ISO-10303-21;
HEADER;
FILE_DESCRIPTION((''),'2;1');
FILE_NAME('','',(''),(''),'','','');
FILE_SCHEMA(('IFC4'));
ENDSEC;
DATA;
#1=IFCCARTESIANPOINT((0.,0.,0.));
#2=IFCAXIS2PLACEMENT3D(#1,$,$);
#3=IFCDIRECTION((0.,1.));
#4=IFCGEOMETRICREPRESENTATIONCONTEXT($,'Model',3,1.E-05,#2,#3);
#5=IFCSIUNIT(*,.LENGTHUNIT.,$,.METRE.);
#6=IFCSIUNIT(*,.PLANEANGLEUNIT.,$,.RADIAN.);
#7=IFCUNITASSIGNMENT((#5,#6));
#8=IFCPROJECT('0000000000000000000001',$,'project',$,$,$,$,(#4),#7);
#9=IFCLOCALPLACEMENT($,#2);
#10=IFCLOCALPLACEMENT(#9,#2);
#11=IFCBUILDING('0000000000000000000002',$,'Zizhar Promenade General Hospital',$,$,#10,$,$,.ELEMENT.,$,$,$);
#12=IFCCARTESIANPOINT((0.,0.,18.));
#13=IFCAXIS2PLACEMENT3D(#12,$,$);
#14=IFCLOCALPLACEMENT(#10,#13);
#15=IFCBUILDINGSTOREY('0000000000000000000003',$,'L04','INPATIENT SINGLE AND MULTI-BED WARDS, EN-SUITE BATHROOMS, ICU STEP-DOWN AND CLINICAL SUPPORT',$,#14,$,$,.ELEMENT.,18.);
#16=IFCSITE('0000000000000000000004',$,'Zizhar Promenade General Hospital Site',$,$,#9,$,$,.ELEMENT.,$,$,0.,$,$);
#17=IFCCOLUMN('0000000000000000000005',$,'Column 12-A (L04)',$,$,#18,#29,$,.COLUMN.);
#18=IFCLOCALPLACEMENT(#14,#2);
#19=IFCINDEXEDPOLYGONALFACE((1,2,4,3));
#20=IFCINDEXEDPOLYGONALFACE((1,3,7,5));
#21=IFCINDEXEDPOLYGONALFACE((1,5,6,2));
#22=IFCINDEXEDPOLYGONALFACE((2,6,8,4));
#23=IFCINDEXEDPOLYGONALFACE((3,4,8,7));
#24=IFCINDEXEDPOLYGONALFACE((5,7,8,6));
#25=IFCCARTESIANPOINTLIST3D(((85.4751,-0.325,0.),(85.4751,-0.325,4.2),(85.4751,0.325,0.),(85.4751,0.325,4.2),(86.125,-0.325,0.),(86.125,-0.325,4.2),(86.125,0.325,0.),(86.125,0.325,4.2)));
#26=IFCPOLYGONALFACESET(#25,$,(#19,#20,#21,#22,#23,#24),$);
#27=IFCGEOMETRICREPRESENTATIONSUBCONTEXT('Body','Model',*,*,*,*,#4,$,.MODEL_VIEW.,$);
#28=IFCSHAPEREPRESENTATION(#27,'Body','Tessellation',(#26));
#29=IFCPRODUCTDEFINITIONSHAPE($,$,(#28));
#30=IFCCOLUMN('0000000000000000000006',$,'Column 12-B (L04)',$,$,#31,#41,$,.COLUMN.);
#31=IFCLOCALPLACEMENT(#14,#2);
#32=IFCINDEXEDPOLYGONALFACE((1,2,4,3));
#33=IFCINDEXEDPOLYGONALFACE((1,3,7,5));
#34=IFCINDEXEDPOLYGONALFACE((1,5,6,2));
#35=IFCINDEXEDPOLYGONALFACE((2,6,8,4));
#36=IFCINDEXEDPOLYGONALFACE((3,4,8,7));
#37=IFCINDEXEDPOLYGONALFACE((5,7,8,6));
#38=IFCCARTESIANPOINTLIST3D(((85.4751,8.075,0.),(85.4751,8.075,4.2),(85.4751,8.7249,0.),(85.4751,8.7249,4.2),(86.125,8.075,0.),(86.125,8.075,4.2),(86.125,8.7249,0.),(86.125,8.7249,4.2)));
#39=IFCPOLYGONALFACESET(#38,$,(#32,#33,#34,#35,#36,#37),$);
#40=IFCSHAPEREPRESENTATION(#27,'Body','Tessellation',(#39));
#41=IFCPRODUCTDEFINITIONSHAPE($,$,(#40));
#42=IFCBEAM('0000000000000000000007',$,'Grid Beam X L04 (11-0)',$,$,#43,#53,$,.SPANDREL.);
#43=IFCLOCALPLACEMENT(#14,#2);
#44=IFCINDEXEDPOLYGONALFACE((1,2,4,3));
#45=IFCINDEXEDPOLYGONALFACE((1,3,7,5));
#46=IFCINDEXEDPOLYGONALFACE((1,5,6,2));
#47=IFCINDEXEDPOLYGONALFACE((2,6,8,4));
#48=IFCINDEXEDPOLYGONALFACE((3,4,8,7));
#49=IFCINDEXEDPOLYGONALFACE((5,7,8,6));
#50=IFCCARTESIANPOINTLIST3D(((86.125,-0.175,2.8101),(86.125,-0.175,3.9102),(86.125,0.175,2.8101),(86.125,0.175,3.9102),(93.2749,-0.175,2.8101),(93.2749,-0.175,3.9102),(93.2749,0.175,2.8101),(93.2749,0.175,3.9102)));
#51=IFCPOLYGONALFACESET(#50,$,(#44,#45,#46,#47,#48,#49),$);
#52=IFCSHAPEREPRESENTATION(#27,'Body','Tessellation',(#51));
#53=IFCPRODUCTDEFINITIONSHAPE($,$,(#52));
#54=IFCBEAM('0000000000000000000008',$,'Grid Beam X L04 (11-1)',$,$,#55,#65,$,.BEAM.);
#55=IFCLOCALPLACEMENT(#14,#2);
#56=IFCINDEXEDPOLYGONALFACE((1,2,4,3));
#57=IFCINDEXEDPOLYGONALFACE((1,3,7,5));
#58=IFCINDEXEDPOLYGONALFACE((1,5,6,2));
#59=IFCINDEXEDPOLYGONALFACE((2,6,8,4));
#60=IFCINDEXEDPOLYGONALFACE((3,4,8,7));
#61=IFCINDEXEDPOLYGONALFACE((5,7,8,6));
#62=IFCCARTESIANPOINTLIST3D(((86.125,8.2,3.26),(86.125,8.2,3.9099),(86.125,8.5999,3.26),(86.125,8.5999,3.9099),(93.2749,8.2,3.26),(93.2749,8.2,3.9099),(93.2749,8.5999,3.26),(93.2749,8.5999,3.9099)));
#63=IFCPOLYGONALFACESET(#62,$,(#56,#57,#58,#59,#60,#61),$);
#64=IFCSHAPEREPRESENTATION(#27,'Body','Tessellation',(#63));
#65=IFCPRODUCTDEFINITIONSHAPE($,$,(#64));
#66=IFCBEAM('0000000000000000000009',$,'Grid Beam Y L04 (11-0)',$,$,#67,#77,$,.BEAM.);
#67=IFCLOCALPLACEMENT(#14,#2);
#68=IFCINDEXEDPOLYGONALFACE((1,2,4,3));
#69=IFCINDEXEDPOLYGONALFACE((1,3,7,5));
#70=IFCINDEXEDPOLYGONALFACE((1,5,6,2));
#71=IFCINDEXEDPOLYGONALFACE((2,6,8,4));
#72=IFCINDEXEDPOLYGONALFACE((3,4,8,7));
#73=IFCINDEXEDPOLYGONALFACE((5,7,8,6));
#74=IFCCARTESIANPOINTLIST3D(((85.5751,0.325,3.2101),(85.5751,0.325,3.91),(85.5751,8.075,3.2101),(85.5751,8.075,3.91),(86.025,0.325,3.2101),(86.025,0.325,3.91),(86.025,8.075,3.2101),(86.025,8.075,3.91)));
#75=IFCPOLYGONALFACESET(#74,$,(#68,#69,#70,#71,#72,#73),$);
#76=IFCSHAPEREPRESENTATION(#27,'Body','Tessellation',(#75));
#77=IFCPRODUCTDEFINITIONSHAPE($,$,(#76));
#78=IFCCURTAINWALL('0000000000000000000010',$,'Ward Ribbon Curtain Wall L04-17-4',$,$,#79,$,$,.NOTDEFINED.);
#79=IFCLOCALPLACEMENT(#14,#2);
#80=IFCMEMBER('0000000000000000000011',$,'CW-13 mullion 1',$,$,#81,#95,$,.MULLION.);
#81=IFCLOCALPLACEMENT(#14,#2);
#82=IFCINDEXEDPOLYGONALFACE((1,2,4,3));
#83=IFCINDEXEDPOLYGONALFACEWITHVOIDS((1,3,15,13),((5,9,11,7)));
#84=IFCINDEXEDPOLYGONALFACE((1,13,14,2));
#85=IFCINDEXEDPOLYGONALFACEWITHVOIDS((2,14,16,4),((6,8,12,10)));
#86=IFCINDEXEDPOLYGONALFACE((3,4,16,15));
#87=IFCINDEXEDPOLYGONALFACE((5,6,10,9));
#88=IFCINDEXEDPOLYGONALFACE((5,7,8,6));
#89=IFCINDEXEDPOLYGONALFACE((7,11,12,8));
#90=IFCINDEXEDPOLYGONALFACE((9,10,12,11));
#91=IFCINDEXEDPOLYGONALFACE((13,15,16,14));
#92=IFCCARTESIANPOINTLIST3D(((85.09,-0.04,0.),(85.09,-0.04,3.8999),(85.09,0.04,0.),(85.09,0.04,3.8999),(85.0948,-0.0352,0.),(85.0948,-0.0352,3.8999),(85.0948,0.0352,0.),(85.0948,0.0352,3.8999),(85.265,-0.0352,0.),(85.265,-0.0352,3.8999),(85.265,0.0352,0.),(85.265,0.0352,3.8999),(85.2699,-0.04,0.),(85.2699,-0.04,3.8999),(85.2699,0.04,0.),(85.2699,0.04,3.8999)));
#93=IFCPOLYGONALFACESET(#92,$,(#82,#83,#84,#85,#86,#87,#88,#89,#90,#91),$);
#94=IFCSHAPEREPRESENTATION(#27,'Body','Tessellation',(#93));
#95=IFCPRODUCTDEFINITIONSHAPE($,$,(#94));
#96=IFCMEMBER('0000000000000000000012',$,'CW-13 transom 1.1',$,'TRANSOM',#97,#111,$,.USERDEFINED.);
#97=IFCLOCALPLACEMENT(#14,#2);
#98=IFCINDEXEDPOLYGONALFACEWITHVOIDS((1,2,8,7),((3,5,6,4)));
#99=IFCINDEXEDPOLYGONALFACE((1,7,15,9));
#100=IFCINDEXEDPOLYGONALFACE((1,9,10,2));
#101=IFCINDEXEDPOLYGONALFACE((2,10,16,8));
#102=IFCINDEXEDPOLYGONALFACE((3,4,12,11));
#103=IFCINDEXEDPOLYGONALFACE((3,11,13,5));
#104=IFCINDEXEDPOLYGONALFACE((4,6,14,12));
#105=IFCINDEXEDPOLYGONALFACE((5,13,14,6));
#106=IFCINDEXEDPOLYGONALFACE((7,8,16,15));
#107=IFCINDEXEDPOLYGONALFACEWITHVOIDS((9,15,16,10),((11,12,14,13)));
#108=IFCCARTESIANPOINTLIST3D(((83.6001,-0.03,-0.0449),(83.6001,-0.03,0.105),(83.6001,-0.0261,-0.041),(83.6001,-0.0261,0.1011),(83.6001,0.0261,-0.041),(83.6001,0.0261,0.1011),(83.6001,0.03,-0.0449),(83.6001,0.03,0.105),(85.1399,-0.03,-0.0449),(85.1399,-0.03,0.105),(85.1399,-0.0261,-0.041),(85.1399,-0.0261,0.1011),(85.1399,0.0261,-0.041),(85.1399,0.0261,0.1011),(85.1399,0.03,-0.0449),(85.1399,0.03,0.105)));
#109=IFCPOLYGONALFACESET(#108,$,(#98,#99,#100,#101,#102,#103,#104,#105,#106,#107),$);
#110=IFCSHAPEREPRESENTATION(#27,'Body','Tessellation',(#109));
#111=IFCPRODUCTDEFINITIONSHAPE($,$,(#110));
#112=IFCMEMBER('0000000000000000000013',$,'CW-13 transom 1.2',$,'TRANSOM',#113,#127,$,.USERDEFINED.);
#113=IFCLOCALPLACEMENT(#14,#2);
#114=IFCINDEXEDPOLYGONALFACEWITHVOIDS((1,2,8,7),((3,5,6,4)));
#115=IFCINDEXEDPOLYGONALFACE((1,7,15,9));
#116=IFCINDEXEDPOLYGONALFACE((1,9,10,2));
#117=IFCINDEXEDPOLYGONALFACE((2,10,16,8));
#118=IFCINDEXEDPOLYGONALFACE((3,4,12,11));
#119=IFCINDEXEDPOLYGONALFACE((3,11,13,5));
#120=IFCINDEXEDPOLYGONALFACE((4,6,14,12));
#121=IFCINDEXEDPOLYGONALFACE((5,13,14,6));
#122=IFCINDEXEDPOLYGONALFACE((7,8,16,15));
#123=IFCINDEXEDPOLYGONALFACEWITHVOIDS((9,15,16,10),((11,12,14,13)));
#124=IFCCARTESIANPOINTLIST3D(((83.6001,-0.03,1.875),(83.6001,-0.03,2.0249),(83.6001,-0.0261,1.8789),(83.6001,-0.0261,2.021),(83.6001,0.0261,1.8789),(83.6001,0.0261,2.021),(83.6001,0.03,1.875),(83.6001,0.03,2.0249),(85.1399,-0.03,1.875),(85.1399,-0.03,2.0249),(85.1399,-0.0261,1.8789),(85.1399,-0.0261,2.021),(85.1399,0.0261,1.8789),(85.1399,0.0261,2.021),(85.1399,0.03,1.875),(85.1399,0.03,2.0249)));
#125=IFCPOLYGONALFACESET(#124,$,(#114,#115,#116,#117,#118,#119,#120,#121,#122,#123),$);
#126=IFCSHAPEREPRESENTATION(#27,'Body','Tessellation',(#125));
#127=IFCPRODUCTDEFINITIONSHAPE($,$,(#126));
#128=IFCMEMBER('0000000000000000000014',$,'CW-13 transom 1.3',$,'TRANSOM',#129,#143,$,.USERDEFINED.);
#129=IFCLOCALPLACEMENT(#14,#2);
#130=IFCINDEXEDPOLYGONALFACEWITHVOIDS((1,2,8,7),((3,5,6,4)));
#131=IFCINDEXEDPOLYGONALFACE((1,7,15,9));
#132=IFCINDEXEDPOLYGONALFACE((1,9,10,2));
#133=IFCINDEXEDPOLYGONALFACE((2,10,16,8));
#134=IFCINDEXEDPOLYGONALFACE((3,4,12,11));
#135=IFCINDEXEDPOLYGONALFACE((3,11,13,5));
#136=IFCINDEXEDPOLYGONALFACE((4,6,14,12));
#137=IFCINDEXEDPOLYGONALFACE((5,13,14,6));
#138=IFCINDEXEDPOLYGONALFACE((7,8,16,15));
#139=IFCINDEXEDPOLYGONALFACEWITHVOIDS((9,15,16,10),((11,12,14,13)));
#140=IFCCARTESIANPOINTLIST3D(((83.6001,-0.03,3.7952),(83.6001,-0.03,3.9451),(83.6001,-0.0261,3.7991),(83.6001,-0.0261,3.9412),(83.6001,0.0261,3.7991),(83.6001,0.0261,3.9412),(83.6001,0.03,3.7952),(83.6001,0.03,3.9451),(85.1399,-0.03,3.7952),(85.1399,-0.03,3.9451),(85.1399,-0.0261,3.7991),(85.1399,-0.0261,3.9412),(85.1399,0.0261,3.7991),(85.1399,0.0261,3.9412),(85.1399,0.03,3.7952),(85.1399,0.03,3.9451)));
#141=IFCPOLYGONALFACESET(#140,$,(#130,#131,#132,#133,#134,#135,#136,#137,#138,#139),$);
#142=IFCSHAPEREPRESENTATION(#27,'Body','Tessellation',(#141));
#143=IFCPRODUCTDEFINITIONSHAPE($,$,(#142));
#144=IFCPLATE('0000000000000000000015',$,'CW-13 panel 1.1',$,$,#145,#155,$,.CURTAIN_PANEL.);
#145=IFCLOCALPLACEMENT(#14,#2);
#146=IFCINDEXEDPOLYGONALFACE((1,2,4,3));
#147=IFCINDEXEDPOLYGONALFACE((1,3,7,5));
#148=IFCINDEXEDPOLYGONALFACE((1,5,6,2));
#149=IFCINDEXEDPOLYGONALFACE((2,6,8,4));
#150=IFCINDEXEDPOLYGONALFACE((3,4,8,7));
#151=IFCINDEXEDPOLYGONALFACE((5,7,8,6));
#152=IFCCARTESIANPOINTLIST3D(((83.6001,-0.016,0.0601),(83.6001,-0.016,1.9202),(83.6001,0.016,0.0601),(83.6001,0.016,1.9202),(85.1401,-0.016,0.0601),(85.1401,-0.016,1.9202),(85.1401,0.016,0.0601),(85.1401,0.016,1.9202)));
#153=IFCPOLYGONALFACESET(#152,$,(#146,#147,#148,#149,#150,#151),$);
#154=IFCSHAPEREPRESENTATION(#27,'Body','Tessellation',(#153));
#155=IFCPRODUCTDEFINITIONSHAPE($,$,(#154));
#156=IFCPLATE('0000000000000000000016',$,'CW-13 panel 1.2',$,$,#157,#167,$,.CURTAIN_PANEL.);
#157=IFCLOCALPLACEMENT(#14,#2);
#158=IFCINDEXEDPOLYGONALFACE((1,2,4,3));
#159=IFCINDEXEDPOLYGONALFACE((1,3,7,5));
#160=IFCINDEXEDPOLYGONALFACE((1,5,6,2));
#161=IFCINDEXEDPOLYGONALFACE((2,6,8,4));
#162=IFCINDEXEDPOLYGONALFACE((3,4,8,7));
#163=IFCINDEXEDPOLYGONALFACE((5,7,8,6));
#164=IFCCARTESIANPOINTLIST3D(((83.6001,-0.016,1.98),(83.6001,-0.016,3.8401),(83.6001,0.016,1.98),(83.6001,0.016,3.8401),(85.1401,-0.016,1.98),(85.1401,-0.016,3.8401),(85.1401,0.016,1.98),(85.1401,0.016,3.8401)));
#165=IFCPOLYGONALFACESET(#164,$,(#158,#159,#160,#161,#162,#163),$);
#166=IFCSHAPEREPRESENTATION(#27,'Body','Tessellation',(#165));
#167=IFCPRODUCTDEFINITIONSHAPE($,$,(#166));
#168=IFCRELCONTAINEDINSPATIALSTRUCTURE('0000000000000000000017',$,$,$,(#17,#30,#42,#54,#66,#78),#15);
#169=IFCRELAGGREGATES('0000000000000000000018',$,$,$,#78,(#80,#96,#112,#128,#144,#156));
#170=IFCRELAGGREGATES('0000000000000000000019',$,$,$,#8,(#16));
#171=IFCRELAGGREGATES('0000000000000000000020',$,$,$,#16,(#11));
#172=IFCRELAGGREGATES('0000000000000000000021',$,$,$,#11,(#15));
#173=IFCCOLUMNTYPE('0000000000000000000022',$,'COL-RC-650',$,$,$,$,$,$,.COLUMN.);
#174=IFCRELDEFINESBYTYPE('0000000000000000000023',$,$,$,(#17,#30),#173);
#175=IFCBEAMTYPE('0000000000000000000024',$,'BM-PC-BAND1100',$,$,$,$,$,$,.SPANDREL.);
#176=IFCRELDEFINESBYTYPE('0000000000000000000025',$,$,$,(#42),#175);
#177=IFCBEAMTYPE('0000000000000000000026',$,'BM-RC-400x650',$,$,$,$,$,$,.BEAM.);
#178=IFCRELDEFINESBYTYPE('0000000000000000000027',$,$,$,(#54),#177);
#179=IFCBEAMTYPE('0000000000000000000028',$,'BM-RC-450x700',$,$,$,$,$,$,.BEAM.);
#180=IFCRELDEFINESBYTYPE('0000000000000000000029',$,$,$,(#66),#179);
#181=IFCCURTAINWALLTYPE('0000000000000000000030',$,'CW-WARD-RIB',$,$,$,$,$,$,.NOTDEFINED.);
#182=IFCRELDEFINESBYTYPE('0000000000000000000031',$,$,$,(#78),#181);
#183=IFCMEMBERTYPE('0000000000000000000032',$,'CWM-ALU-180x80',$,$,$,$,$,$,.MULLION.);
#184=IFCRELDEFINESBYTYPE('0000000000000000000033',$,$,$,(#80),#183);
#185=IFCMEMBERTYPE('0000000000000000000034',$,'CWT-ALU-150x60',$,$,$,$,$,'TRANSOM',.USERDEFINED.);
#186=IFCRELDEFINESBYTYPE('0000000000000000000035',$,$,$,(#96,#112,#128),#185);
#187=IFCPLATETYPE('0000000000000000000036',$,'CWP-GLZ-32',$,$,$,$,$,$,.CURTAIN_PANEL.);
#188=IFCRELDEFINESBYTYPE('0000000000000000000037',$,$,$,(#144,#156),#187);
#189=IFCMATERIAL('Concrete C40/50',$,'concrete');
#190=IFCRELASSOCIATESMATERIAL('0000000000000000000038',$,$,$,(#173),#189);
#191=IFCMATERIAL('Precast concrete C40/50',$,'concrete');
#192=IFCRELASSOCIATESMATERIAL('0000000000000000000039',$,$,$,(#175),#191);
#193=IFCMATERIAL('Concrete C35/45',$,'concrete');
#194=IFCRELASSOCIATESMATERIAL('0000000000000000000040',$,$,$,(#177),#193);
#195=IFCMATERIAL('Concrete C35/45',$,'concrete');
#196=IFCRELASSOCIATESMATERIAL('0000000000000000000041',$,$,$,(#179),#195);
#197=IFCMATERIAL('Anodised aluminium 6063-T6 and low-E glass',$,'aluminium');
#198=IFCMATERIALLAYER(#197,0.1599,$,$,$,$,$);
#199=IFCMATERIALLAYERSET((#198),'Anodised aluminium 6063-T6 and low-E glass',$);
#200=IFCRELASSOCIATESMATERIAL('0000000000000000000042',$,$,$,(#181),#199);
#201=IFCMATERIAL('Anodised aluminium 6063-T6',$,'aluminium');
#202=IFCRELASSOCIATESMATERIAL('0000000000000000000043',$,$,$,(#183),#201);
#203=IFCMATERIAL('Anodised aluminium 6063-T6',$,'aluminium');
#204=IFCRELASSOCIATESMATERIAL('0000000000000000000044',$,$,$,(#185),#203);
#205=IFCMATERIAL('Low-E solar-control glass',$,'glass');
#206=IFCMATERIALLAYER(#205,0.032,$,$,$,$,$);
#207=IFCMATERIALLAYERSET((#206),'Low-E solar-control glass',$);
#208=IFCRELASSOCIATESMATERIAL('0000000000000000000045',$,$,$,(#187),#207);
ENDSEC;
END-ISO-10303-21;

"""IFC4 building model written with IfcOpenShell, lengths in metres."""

from ifc_helpers import new_model, si_unit, direction, frame, origin, origin_2d, place, context, subcontext, project, spatial, rectangle, hollow_rectangle, extrude, material, layer, layer_set, material_profile, profile_set, type_object, element, aggregate, save


model = new_model("IFC4")

# Units and contexts
model_context = context("Model", 3, precision=1e-05, world=origin(), true_north=direction((0.0, 1.0)))
body_context = subcontext(model_context, "Body", "Model", "MODEL_VIEW")
ifc_project = project(units=[si_unit("LENGTHUNIT", "METRE"), si_unit("PLANEANGLEUNIT", "RADIAN")], contexts=[model_context])

# Site, building, storey
site_placement = place(None, origin())
site = spatial("IfcSite", under=ifc_project, at=site_placement, Name="Zizhar Promenade General Hospital Site", CompositionType="ELEMENT", RefElevation=0.0)
building_placement = place(site_placement, origin())
building = spatial("IfcBuilding", under=site, at=building_placement, Name="Zizhar Promenade General Hospital", CompositionType="ELEMENT")
storey_placement = place(building_placement, frame((0.0, 0.0, 18.0)))
storey = spatial("IfcBuildingStorey", under=building, at=storey_placement, Name="L04", Description="INPATIENT SINGLE AND MULTI-BED WARDS, EN-SUITE BATHROOMS, ICU STEP-DOWN AND CLINICAL SUPPORT", CompositionType="ELEMENT", Elevation=18.0)

# Columns
ifc_material_1 = material(Name="Concrete C40/50", Category="concrete")
ifc_material_profile_1 = material_profile(ifc_material_1, rectangle(XDim=0.6499, YDim=0.6499, at=origin_2d()))
ifc_profile_set_1 = profile_set([ifc_material_profile_1], Name="Concrete C40/50")
column_type = type_object("IfcColumnType", Name="COL-RC-650", PredefinedType="COLUMN", material=ifc_profile_set_1)
for number, where, z_axis, x_axis, name in (
    (1, (85.8, 0.0, 0.0), (0.0, 0.0, 1.0), (1.0, 0.0, 0.0), "Column 12-A (L04)"),
    (2, (85.8, 8.3999, 0.0), (0.0, 0.0, 1.0), (1.0, 0.0, 0.0), "Column 12-B (L04)"),
):
    element("IfcColumn", number, at=place(storey_placement, frame(where, z_axis=z_axis, x_axis=x_axis)), inside=storey, type_object=column_type, Name=name, PredefinedType="COLUMN", context=body_context, shape_type="SweptSolid", body=[
        extrude(rectangle(XDim=0.6499, YDim=0.6499, at=origin_2d()), origin(), (0.0, 0.0, 1.0), 4.2),
    ])

# Beams
ifc_material_2 = material(Name="Precast concrete C40/50", Category="concrete")
ifc_material_profile_2 = material_profile(ifc_material_2, rectangle(XDim=0.3501, YDim=1.1001, at=origin_2d()))
ifc_profile_set_2 = profile_set([ifc_material_profile_2], Name="Precast concrete C40/50")
beam_type_1 = type_object("IfcBeamType", Name="BM-PC-BAND1100", PredefinedType="SPANDREL", material=ifc_profile_set_2)
beam_1_placement = place(storey_placement, frame((86.125, 0.0, 3.3601), z_axis=(1.0, 0.0, 0.0), x_axis=(0.0, 1.0, 0.0)))
element("IfcBeam", 3, at=beam_1_placement, inside=storey, type_object=beam_type_1, Name="Grid Beam X L04 (11-0)", PredefinedType="SPANDREL", context=body_context, shape_type="SweptSolid", body=[
    extrude(rectangle(XDim=0.3501, YDim=1.1001, at=origin_2d()), origin(), (0.0, 0.0, 1.0), 7.1499),
])
ifc_material_3 = material(Name="Concrete C35/45", Category="concrete")
ifc_material_profile_3 = material_profile(ifc_material_3, rectangle(XDim=0.3999, YDim=0.6499, at=origin_2d()))
ifc_profile_set_3 = profile_set([ifc_material_profile_3], Name="Concrete C35/45")
beam_type_2 = type_object("IfcBeamType", Name="BM-RC-400x650", PredefinedType="BEAM", material=ifc_profile_set_3)
beam_2_placement = place(storey_placement, frame((86.125, 8.3999, 3.585), z_axis=(1.0, 0.0, 0.0), x_axis=(0.0, 1.0, 0.0)))
element("IfcBeam", 4, at=beam_2_placement, inside=storey, type_object=beam_type_2, Name="Grid Beam X L04 (11-1)", PredefinedType="BEAM", context=body_context, shape_type="SweptSolid", body=[
    extrude(rectangle(XDim=0.3999, YDim=0.6499, at=origin_2d()), origin(), (0.0, 0.0, 1.0), 7.1499),
])
ifc_material_4 = material(Name="Concrete C35/45", Category="concrete")
ifc_material_profile_4 = material_profile(ifc_material_4, rectangle(XDim=0.45, YDim=0.7, at=origin_2d()))
ifc_profile_set_4 = profile_set([ifc_material_profile_4], Name="Concrete C35/45")
beam_type_3 = type_object("IfcBeamType", Name="BM-RC-450x700", PredefinedType="BEAM", material=ifc_profile_set_4)
beam_3_placement = place(storey_placement, frame((85.8, 0.325, 3.5601), z_axis=(0.0, 1.0, 0.0), x_axis=(-1.0, 0.0, 0.0)))
element("IfcBeam", 5, at=beam_3_placement, inside=storey, type_object=beam_type_3, Name="Grid Beam Y L04 (11-0)", PredefinedType="BEAM", context=body_context, shape_type="SweptSolid", body=[
    extrude(rectangle(XDim=0.45, YDim=0.7, at=origin_2d()), origin(), (0.0, 0.0, 1.0), 7.75),
])

# Curtain wall, members, plates
ifc_material_5 = material(Name="Anodised aluminium 6063-T6 and low-E glass", Category="aluminium")
ifc_layer_1 = layer(ifc_material_5, 0.1599)
ifc_layer_set_1 = layer_set([ifc_layer_1], Name="Anodised aluminium 6063-T6 and low-E glass")
curtain_wall_type = type_object("IfcCurtainWallType", Name="CW-WARD-RIB", PredefinedType="NOTDEFINED", material=ifc_layer_set_1)
curtain_wall_placement = place(storey_placement, origin())
curtain_wall = element("IfcCurtainWall", 6, at=curtain_wall_placement, inside=storey, type_object=curtain_wall_type, Name="Ward Ribbon Curtain Wall L04-17-4", PredefinedType="NOTDEFINED")
ifc_material_6 = material(Name="Anodised aluminium 6063-T6", Category="aluminium")
ifc_material_profile_5 = material_profile(ifc_material_6, hollow_rectangle(XDim=0.0801, YDim=0.1799, WallThickness=0.0049, at=origin_2d()))
ifc_profile_set_5 = profile_set([ifc_material_profile_5], Name="Anodised aluminium 6063-T6")
member_type_1 = type_object("IfcMemberType", Name="CWM-ALU-180x80", PredefinedType="MULLION", material=ifc_profile_set_5)
member_1_placement = place(storey_placement, frame((85.1799, 0.0, 0.0), z_axis=(0.0, 0.0, 1.0), x_axis=(0.0, -1.0, 0.0)))
member_1 = element("IfcMember", 7, at=member_1_placement, type_object=member_type_1, Name="CW-13 mullion 1", PredefinedType="MULLION", context=body_context, shape_type="SweptSolid", body=[
    extrude(hollow_rectangle(XDim=0.0801, YDim=0.1799, WallThickness=0.0049, at=origin_2d()), origin(), (0.0, 0.0, 1.0), 3.8999),
])
ifc_material_7 = material(Name="Anodised aluminium 6063-T6", Category="aluminium")
ifc_material_profile_6 = material_profile(ifc_material_7, hollow_rectangle(XDim=0.0601, YDim=0.1499, WallThickness=0.0039, at=origin_2d()))
ifc_profile_set_6 = profile_set([ifc_material_profile_6], Name="Anodised aluminium 6063-T6")
member_type_2 = type_object("IfcMemberType", Name="CWT-ALU-150x60", ElementType="TRANSOM", PredefinedType="USERDEFINED", material=ifc_profile_set_6)
member_2_placement = place(storey_placement, frame((85.1399, 0.0, 0.03), z_axis=(-1.0, 0.0, 0.0), x_axis=(0.0, -1.0, 0.0)))
member_2 = element("IfcMember", 8, at=member_2_placement, type_object=member_type_2, Name="CW-13 transom 1.1", ObjectType="TRANSOM", PredefinedType="USERDEFINED", context=body_context, shape_type="SweptSolid", body=[
    extrude(hollow_rectangle(XDim=0.0601, YDim=0.1499, WallThickness=0.0039, at=origin_2d()), origin(), (0.0, 0.0, 1.0), 1.5398),
])
member_3_placement = place(storey_placement, frame((85.1399, 0.0, 1.95), z_axis=(-1.0, 0.0, 0.0), x_axis=(0.0, -1.0, 0.0)))
member_3 = element("IfcMember", 9, at=member_3_placement, type_object=member_type_2, Name="CW-13 transom 1.2", ObjectType="TRANSOM", PredefinedType="USERDEFINED", context=body_context, shape_type="SweptSolid", body=[
    extrude(hollow_rectangle(XDim=0.0601, YDim=0.1499, WallThickness=0.0039, at=origin_2d()), origin(), (0.0, 0.0, 1.0), 1.5398),
])
member_4_placement = place(storey_placement, frame((85.1399, 0.0, 3.8701), z_axis=(-1.0, 0.0, 0.0), x_axis=(0.0, -1.0, 0.0)))
member_4 = element("IfcMember", 10, at=member_4_placement, type_object=member_type_2, Name="CW-13 transom 1.3", ObjectType="TRANSOM", PredefinedType="USERDEFINED", context=body_context, shape_type="SweptSolid", body=[
    extrude(hollow_rectangle(XDim=0.0601, YDim=0.1499, WallThickness=0.0039, at=origin_2d()), origin(), (0.0, 0.0, 1.0), 1.5398),
])
ifc_material_8 = material(Name="Low-E solar-control glass", Category="glass")
ifc_layer_2 = layer(ifc_material_8, 0.032)
ifc_layer_set_2 = layer_set([ifc_layer_2], Name="Low-E solar-control glass")
plate_type = type_object("IfcPlateType", Name="CWP-GLZ-32", PredefinedType="CURTAIN_PANEL", material=ifc_layer_set_2)
plate_1_placement = place(storey_placement, frame((84.3701, 0.0, 0.0601), z_axis=(0.0, 0.0, 1.0), x_axis=(-1.0, 0.0, 0.0)))
plate_1 = element("IfcPlate", 11, at=plate_1_placement, type_object=plate_type, Name="CW-13 panel 1.1", PredefinedType="CURTAIN_PANEL", context=body_context, shape_type="SweptSolid", body=[
    extrude(rectangle(XDim=1.54, YDim=0.032, at=origin_2d()), origin(), (0.0, 0.0, 1.0), 1.8601),
])
plate_2_placement = place(storey_placement, frame((84.3701, 0.0, 1.98), z_axis=(0.0, 0.0, 1.0), x_axis=(-1.0, 0.0, 0.0)))
plate_2 = element("IfcPlate", 12, at=plate_2_placement, type_object=plate_type, Name="CW-13 panel 1.2", PredefinedType="CURTAIN_PANEL", context=body_context, shape_type="SweptSolid", body=[
    extrude(rectangle(XDim=1.54, YDim=0.032, at=origin_2d()), origin(), (0.0, 0.0, 1.0), 1.8601),
])
aggregate(curtain_wall, [member_1, member_2, member_3, member_4, plate_1, plate_2])

save(model, "model.ifc")
